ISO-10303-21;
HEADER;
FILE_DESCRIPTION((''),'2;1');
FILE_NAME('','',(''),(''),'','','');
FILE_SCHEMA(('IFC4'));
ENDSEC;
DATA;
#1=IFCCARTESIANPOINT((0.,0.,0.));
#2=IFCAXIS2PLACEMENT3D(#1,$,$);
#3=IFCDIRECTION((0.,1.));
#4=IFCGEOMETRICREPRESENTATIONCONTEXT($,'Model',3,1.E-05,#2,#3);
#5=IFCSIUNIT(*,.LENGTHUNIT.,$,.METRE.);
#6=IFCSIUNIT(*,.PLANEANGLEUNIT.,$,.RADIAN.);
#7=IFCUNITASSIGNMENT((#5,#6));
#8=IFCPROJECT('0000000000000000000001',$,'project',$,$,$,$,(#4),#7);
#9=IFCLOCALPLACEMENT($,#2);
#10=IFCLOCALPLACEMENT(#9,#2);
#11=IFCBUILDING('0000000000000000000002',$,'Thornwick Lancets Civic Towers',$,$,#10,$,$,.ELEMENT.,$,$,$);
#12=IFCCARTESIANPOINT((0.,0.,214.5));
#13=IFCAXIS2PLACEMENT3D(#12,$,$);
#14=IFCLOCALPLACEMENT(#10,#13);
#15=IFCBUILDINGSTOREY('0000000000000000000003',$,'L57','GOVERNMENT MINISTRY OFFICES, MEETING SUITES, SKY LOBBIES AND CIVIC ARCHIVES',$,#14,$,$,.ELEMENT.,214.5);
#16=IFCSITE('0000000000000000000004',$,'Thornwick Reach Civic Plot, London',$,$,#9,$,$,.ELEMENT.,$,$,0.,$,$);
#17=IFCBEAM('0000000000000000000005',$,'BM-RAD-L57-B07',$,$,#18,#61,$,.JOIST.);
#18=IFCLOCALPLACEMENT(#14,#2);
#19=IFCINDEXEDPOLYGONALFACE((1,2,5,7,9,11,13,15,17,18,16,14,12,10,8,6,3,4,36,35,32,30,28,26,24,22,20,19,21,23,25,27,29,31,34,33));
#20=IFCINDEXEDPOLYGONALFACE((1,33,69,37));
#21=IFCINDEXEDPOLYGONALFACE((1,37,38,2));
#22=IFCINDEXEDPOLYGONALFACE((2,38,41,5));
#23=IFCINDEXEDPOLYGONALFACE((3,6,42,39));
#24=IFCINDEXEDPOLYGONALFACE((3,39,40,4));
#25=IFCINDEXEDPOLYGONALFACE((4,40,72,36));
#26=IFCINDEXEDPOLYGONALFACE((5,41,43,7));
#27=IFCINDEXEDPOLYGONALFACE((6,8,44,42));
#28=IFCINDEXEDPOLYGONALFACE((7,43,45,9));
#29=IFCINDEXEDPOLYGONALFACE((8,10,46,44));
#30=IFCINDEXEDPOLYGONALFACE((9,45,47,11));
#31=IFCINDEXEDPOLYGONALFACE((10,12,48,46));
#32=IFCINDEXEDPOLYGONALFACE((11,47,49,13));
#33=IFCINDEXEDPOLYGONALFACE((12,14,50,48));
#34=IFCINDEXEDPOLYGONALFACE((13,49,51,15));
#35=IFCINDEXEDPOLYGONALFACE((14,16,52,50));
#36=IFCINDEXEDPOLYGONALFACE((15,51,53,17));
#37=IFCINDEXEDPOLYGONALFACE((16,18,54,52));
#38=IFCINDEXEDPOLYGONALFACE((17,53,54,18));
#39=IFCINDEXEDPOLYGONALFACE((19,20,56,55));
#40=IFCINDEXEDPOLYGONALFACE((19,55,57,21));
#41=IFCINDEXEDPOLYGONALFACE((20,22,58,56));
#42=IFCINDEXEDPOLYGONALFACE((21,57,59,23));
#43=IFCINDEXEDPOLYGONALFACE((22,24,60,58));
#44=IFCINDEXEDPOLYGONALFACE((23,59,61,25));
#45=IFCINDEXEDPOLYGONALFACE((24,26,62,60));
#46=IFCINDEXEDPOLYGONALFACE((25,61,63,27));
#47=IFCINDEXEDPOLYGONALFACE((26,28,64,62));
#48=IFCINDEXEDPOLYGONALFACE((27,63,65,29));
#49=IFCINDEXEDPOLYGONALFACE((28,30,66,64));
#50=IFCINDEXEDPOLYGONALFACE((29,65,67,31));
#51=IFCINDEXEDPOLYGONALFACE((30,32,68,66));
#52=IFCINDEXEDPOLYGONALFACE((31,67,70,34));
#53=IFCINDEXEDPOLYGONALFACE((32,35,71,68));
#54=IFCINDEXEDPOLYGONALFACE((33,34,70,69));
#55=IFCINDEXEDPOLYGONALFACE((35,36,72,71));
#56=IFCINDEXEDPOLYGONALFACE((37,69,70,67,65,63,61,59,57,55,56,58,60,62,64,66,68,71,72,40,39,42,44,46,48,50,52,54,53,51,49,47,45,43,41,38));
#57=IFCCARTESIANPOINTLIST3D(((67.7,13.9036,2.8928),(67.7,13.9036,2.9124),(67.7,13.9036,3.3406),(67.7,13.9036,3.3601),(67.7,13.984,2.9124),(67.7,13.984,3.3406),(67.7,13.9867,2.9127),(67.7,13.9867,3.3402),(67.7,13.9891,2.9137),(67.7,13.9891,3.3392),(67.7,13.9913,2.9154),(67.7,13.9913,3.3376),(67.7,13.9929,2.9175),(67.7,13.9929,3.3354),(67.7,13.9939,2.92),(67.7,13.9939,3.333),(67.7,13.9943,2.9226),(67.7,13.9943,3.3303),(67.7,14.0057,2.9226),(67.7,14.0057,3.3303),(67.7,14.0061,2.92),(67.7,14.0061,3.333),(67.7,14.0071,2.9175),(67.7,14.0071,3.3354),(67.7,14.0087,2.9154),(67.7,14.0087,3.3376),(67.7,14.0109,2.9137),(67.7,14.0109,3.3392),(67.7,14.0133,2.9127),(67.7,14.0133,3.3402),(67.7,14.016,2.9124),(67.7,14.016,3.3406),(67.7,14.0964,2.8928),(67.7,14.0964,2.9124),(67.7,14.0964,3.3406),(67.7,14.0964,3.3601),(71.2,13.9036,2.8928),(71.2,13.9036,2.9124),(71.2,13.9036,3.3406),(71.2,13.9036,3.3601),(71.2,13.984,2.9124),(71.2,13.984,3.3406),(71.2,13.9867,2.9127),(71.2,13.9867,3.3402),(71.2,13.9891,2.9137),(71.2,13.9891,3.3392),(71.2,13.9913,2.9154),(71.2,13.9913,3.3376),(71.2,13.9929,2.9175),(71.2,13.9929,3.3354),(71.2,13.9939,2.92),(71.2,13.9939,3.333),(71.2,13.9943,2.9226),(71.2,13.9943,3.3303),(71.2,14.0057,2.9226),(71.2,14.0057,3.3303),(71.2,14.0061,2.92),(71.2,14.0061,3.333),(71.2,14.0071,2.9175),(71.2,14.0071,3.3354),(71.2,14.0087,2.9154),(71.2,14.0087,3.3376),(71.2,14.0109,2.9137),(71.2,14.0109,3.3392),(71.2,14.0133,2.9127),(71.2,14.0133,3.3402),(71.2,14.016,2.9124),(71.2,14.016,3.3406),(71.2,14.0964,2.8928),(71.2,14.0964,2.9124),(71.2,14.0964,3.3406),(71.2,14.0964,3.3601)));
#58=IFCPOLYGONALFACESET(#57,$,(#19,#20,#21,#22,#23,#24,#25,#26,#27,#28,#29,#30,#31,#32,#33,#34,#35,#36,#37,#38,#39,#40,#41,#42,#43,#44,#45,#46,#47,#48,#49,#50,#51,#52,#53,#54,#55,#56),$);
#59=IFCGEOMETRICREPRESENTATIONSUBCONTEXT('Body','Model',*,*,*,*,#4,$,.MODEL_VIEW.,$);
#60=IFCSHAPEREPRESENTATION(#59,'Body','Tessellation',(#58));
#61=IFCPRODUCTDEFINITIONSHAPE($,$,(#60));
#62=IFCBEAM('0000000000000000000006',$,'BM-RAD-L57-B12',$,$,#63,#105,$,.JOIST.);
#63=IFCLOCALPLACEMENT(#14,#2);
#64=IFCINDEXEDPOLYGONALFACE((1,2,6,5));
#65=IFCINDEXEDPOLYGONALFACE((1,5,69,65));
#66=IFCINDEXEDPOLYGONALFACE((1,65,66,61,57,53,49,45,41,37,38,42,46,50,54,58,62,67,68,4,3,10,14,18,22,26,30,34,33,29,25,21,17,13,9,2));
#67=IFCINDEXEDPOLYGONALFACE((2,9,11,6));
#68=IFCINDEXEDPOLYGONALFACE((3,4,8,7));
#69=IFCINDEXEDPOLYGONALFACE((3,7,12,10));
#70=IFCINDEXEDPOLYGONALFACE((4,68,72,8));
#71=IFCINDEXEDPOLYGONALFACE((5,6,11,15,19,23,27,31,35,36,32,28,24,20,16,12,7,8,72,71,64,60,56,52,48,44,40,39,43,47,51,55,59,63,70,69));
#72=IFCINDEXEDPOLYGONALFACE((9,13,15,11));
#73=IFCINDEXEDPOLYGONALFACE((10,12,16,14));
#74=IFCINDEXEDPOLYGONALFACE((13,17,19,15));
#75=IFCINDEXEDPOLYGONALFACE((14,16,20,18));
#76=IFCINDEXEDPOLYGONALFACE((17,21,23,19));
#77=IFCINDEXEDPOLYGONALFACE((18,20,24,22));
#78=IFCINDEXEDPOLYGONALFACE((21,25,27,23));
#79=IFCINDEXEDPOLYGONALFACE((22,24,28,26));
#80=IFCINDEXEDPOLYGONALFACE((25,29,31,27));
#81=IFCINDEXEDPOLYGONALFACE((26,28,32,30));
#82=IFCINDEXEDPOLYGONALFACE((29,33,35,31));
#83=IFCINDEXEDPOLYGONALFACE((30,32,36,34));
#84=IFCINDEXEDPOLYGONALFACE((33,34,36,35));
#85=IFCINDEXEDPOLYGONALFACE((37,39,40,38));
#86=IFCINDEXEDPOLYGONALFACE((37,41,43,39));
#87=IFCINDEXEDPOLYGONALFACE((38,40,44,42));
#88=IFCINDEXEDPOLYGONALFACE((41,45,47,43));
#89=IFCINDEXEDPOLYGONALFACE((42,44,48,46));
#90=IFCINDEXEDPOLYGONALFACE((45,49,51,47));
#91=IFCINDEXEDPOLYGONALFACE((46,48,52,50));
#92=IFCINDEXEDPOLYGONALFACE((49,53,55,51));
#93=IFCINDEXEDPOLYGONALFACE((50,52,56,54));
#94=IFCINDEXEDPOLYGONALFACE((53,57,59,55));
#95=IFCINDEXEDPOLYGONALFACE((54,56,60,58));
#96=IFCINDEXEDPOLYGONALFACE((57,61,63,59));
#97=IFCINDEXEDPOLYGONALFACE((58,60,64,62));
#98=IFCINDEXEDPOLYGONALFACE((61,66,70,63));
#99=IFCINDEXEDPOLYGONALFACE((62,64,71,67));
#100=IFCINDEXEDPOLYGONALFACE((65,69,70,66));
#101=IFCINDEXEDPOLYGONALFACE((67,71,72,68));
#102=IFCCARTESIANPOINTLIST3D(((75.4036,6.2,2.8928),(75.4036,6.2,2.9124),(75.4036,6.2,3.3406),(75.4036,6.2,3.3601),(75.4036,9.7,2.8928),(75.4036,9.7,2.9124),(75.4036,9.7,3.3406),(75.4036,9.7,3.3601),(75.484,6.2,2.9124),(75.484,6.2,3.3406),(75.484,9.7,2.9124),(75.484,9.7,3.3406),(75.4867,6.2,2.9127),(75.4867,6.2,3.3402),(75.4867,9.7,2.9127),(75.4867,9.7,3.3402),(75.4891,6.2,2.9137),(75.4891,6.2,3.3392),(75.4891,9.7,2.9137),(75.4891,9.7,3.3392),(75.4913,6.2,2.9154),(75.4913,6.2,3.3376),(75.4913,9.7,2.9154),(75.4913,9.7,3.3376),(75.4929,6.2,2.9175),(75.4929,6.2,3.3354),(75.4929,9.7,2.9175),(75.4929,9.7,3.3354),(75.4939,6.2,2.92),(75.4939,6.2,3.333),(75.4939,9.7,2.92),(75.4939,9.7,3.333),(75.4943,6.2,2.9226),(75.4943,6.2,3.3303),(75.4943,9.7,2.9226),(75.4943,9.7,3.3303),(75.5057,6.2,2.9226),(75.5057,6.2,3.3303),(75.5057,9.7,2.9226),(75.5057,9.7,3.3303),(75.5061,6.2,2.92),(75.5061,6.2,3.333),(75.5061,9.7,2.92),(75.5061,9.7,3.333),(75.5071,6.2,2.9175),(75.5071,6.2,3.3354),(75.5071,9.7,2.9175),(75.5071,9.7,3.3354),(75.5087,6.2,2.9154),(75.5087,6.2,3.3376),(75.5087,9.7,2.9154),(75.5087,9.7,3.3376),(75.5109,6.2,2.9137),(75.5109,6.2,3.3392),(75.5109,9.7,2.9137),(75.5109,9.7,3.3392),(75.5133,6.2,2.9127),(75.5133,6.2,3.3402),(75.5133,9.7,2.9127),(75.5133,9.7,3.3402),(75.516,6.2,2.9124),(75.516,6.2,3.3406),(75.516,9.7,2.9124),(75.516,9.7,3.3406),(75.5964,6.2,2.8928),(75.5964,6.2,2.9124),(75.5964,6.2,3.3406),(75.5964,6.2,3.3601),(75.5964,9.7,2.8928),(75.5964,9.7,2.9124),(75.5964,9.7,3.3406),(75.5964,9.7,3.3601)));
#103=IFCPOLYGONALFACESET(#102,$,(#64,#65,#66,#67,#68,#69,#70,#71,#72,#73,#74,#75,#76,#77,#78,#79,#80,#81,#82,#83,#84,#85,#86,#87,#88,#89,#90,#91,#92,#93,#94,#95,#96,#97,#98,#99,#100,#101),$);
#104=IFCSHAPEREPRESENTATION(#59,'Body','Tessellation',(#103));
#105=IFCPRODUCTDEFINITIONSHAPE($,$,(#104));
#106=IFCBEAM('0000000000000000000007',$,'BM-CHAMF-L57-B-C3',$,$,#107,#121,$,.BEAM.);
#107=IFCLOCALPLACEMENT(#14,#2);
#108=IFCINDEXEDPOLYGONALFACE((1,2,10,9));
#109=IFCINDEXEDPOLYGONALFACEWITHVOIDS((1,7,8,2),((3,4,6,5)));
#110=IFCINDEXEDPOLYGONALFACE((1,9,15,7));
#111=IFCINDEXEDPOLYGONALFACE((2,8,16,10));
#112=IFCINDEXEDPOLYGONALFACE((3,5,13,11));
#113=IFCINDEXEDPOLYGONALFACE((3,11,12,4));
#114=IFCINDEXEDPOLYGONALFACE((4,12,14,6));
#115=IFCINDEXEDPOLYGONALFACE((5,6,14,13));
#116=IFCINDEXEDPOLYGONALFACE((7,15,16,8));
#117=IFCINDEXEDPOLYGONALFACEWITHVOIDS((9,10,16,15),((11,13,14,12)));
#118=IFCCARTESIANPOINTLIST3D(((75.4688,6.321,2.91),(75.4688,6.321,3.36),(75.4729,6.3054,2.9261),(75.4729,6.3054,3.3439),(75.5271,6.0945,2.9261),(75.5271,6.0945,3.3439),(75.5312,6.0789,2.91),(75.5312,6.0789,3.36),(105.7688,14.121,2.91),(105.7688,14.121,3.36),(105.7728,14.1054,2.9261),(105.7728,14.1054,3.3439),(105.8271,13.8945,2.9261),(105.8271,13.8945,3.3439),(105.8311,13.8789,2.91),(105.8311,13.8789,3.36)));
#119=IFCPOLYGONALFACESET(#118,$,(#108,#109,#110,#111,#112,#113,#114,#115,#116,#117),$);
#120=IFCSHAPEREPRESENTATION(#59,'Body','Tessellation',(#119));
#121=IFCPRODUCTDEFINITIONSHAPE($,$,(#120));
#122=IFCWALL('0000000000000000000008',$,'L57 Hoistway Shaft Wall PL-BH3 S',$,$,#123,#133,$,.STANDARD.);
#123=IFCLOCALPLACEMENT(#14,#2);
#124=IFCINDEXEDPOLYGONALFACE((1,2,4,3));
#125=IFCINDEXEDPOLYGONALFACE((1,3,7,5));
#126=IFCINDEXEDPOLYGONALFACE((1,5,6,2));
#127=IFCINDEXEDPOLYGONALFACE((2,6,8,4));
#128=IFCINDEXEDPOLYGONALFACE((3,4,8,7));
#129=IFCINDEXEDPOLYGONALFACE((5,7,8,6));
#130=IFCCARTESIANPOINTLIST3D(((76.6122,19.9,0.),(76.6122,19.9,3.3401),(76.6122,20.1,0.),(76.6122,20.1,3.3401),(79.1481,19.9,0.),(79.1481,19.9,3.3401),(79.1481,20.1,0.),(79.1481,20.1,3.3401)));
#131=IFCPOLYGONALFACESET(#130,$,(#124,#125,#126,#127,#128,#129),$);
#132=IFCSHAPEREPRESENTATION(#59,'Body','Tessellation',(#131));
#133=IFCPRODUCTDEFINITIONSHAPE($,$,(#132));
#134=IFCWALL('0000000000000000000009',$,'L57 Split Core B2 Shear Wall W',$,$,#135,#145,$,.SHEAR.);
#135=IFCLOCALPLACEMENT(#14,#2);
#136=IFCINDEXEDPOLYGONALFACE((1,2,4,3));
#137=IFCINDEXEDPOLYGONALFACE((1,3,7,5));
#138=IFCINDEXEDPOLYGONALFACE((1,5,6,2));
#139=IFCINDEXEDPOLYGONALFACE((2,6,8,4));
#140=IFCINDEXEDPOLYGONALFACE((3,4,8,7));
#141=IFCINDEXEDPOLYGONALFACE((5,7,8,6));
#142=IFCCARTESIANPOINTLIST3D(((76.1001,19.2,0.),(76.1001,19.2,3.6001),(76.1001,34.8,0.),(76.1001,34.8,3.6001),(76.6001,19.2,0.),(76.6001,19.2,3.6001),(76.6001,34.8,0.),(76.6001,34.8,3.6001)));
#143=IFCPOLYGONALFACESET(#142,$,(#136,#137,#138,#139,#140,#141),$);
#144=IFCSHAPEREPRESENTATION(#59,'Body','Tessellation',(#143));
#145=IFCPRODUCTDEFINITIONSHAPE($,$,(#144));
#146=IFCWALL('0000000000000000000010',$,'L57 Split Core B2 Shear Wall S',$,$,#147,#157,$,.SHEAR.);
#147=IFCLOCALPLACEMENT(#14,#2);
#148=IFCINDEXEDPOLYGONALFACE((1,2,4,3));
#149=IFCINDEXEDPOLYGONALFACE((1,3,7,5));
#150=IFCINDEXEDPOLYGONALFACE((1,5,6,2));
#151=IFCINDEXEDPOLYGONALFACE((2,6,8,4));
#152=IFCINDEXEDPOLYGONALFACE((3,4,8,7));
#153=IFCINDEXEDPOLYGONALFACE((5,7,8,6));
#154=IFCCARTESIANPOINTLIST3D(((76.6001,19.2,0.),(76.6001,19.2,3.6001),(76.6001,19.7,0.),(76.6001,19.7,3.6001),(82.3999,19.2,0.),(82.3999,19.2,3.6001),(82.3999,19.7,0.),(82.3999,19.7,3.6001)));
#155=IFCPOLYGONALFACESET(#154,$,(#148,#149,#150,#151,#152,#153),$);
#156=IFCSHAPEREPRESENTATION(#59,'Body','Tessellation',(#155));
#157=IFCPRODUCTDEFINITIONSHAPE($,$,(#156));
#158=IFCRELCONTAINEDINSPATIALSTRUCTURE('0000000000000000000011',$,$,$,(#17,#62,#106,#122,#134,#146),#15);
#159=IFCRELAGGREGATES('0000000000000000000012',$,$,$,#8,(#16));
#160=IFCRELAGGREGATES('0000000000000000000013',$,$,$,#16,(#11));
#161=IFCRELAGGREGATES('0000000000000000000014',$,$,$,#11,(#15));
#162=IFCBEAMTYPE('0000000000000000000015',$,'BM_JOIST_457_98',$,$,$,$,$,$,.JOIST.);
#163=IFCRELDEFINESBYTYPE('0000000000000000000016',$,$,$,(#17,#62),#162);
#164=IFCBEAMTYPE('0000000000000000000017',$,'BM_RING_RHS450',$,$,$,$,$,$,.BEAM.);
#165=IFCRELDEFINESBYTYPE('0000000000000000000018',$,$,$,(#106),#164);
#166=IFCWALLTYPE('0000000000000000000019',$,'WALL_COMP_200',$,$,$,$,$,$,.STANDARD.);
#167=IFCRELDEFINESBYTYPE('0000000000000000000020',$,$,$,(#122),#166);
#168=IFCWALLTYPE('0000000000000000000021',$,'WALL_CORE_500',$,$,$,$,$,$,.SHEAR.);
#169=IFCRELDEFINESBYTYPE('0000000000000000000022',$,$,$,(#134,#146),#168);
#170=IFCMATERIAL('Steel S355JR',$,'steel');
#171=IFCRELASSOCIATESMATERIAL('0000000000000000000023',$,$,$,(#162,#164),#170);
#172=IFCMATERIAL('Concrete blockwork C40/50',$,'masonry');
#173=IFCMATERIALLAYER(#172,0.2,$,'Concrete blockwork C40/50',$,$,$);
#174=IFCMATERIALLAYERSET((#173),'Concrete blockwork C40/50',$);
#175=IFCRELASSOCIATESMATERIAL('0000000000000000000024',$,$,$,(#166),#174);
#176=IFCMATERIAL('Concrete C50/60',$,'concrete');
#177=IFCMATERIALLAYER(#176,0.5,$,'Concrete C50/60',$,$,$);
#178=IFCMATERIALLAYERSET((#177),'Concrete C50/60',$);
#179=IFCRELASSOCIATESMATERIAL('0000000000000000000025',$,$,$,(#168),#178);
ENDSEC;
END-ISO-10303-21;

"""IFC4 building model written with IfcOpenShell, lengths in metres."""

from ifc_helpers import new_model, si_unit, direction, frame, frame_2d, origin, origin_2d, place, context, subcontext, project, spatial, rectangle, hollow_rectangle, i_section, extrude, material, layer, layer_set, material_profile, profile_set, type_object, element, save


model = new_model("IFC4")

# Units and contexts
model_context = context("Model", 3, precision=1e-05, world=origin(), true_north=direction((0.0, 1.0)))
body_context = subcontext(model_context, "Body", "Model", "MODEL_VIEW")
ifc_project = project(units=[si_unit("LENGTHUNIT", "METRE"), si_unit("PLANEANGLEUNIT", "RADIAN")], contexts=[model_context])

# Site, building, storey
site_placement = place(None, origin())
site = spatial("IfcSite", under=ifc_project, at=site_placement, Name="Thornwick Reach Civic Plot, London", CompositionType="ELEMENT", RefElevation=0.0)
building_placement = place(site_placement, origin())
building = spatial("IfcBuilding", under=site, at=building_placement, Name="Thornwick Lancets Civic Towers", CompositionType="ELEMENT")
storey_placement = place(building_placement, frame((0.0, 0.0, 214.5)))
storey = spatial("IfcBuildingStorey", under=building, at=storey_placement, Name="L57", Description="GOVERNMENT MINISTRY OFFICES, MEETING SUITES, SKY LOBBIES AND CIVIC ARCHIVES", CompositionType="ELEMENT", Elevation=214.5)

# Shared definitions
ifc_material_1 = material(Name="Concrete C50/60", Category="concrete")
ifc_material_2 = material(Name="Steel S355JR", Category="steel")

# Beams
ifc_material_profile_1 = material_profile(ifc_material_2, i_section(OverallWidth=0.1929, OverallDepth=0.4673, WebThickness=0.0115, FlangeThickness=0.0195, FilletRadius=0.0103, at=origin_2d()), Name="UKB 457x191x98")
ifc_profile_set_1 = profile_set([ifc_material_profile_1], Name="Steel S355JR")
beam_type_1 = type_object("IfcBeamType", Name="BM_JOIST_457_98", PredefinedType="JOIST", material=ifc_profile_set_1)
for number, where, z_axis, x_axis, name in (
    (1, (71.2, 14.0, 3.1265), (-1.0, 0.0, 0.0), (0.0, -1.0, 0.0), "BM-RAD-L57-B07"),
    (2, (75.5, 9.7, 3.1265), (0.0, -1.0, 0.0), (1.0, 0.0, 0.0), "BM-RAD-L57-B12"),
):
    element("IfcBeam", number, at=place(storey_placement, frame(where, z_axis=z_axis, x_axis=x_axis)), inside=storey, type_object=beam_type_1, Name=name, PredefinedType="JOIST", context=body_context, shape_type="SweptSolid", body=[
        extrude(i_section(OverallWidth=0.1929, OverallDepth=0.4673, WebThickness=0.0115, FlangeThickness=0.0195, FilletRadius=0.0103, at=origin_2d()), origin(), (0.0, 0.0, 1.0), 3.5),
    ])
ifc_material_profile_2 = material_profile(ifc_material_2, hollow_rectangle(XDim=0.25, YDim=0.45, WallThickness=0.0161, at=origin_2d()), Name="RHS 450x250x16")
ifc_profile_set_2 = profile_set([ifc_material_profile_2], Name="Steel S355JR")
beam_type_2 = type_object("IfcBeamType", Name="BM_RING_RHS450", PredefinedType="BEAM", material=ifc_profile_set_2)
beam_1_placement = place(storey_placement, frame((75.5, 6.2, 3.135), z_axis=(0.968427, 0.249299, 0.0), x_axis=(-0.249299, 0.968427, 0.0)))
element("IfcBeam", 3, at=beam_1_placement, inside=storey, type_object=beam_type_2, Name="BM-CHAMF-L57-B-C3", PredefinedType="BEAM", context=body_context, shape_type="SweptSolid", body=[
    extrude(hollow_rectangle(XDim=0.25, YDim=0.45, WallThickness=0.0161, at=origin_2d()), origin(), (0.0, 0.0, 1.0), 31.2878),
])

# Walls
ifc_material_3 = material(Name="Concrete blockwork C40/50", Category="masonry")
ifc_layer_1 = layer(ifc_material_3, 0.2, Name="Concrete blockwork C40/50")
ifc_layer_set_1 = layer_set([ifc_layer_1], Name="Concrete blockwork C40/50")
wall_type_1 = type_object("IfcWallType", Name="WALL_COMP_200", PredefinedType="STANDARD", material=ifc_layer_set_1)
wall_1_placement = place(storey_placement, frame((76.6121, 20.0, 0.0), z_axis=(0.0, 0.0, 1.0), x_axis=(1.0, 0.0, 0.0)))
element("IfcWall", 4, at=wall_1_placement, inside=storey, type_object=wall_type_1, Name="L57 Hoistway Shaft Wall PL-BH3 S", PredefinedType="STANDARD", context=body_context, shape_type="SweptSolid", body=[
    extrude(rectangle(XDim=2.5359, YDim=0.2, at=frame_2d((1.2681, 0.0))), origin(), (0.0, 0.0, 1.0), 3.3401),
])
ifc_layer_2 = layer(ifc_material_1, 0.5, Name="Concrete C50/60")
ifc_layer_set_2 = layer_set([ifc_layer_2], Name="Concrete C50/60")
wall_type_2 = type_object("IfcWallType", Name="WALL_CORE_500", PredefinedType="SHEAR", material=ifc_layer_set_2)
wall_2_placement = place(storey_placement, frame((76.3501, 19.2, 0.0), z_axis=(0.0, 0.0, 1.0), x_axis=(0.0, 1.0, 0.0)))
element("IfcWall", 5, at=wall_2_placement, inside=storey, type_object=wall_type_2, Name="L57 Split Core B2 Shear Wall W", PredefinedType="SHEAR", context=body_context, shape_type="SweptSolid", body=[
    extrude(rectangle(XDim=15.6001, YDim=0.5, at=frame_2d((7.8, 0.0))), origin(), (0.0, 0.0, 1.0), 3.6001),
])
wall_3_placement = place(storey_placement, frame((76.6001, 19.45, 0.0), z_axis=(0.0, 0.0, 1.0), x_axis=(1.0, 0.0, 0.0)))
element("IfcWall", 6, at=wall_3_placement, inside=storey, type_object=wall_type_2, Name="L57 Split Core B2 Shear Wall S", PredefinedType="SHEAR", context=body_context, shape_type="SweptSolid", body=[
    extrude(rectangle(XDim=5.7998, YDim=0.5, at=frame_2d((2.8999, 0.0))), origin(), (0.0, 0.0, 1.0), 3.6001),
])

save(model, "model.ifc")
